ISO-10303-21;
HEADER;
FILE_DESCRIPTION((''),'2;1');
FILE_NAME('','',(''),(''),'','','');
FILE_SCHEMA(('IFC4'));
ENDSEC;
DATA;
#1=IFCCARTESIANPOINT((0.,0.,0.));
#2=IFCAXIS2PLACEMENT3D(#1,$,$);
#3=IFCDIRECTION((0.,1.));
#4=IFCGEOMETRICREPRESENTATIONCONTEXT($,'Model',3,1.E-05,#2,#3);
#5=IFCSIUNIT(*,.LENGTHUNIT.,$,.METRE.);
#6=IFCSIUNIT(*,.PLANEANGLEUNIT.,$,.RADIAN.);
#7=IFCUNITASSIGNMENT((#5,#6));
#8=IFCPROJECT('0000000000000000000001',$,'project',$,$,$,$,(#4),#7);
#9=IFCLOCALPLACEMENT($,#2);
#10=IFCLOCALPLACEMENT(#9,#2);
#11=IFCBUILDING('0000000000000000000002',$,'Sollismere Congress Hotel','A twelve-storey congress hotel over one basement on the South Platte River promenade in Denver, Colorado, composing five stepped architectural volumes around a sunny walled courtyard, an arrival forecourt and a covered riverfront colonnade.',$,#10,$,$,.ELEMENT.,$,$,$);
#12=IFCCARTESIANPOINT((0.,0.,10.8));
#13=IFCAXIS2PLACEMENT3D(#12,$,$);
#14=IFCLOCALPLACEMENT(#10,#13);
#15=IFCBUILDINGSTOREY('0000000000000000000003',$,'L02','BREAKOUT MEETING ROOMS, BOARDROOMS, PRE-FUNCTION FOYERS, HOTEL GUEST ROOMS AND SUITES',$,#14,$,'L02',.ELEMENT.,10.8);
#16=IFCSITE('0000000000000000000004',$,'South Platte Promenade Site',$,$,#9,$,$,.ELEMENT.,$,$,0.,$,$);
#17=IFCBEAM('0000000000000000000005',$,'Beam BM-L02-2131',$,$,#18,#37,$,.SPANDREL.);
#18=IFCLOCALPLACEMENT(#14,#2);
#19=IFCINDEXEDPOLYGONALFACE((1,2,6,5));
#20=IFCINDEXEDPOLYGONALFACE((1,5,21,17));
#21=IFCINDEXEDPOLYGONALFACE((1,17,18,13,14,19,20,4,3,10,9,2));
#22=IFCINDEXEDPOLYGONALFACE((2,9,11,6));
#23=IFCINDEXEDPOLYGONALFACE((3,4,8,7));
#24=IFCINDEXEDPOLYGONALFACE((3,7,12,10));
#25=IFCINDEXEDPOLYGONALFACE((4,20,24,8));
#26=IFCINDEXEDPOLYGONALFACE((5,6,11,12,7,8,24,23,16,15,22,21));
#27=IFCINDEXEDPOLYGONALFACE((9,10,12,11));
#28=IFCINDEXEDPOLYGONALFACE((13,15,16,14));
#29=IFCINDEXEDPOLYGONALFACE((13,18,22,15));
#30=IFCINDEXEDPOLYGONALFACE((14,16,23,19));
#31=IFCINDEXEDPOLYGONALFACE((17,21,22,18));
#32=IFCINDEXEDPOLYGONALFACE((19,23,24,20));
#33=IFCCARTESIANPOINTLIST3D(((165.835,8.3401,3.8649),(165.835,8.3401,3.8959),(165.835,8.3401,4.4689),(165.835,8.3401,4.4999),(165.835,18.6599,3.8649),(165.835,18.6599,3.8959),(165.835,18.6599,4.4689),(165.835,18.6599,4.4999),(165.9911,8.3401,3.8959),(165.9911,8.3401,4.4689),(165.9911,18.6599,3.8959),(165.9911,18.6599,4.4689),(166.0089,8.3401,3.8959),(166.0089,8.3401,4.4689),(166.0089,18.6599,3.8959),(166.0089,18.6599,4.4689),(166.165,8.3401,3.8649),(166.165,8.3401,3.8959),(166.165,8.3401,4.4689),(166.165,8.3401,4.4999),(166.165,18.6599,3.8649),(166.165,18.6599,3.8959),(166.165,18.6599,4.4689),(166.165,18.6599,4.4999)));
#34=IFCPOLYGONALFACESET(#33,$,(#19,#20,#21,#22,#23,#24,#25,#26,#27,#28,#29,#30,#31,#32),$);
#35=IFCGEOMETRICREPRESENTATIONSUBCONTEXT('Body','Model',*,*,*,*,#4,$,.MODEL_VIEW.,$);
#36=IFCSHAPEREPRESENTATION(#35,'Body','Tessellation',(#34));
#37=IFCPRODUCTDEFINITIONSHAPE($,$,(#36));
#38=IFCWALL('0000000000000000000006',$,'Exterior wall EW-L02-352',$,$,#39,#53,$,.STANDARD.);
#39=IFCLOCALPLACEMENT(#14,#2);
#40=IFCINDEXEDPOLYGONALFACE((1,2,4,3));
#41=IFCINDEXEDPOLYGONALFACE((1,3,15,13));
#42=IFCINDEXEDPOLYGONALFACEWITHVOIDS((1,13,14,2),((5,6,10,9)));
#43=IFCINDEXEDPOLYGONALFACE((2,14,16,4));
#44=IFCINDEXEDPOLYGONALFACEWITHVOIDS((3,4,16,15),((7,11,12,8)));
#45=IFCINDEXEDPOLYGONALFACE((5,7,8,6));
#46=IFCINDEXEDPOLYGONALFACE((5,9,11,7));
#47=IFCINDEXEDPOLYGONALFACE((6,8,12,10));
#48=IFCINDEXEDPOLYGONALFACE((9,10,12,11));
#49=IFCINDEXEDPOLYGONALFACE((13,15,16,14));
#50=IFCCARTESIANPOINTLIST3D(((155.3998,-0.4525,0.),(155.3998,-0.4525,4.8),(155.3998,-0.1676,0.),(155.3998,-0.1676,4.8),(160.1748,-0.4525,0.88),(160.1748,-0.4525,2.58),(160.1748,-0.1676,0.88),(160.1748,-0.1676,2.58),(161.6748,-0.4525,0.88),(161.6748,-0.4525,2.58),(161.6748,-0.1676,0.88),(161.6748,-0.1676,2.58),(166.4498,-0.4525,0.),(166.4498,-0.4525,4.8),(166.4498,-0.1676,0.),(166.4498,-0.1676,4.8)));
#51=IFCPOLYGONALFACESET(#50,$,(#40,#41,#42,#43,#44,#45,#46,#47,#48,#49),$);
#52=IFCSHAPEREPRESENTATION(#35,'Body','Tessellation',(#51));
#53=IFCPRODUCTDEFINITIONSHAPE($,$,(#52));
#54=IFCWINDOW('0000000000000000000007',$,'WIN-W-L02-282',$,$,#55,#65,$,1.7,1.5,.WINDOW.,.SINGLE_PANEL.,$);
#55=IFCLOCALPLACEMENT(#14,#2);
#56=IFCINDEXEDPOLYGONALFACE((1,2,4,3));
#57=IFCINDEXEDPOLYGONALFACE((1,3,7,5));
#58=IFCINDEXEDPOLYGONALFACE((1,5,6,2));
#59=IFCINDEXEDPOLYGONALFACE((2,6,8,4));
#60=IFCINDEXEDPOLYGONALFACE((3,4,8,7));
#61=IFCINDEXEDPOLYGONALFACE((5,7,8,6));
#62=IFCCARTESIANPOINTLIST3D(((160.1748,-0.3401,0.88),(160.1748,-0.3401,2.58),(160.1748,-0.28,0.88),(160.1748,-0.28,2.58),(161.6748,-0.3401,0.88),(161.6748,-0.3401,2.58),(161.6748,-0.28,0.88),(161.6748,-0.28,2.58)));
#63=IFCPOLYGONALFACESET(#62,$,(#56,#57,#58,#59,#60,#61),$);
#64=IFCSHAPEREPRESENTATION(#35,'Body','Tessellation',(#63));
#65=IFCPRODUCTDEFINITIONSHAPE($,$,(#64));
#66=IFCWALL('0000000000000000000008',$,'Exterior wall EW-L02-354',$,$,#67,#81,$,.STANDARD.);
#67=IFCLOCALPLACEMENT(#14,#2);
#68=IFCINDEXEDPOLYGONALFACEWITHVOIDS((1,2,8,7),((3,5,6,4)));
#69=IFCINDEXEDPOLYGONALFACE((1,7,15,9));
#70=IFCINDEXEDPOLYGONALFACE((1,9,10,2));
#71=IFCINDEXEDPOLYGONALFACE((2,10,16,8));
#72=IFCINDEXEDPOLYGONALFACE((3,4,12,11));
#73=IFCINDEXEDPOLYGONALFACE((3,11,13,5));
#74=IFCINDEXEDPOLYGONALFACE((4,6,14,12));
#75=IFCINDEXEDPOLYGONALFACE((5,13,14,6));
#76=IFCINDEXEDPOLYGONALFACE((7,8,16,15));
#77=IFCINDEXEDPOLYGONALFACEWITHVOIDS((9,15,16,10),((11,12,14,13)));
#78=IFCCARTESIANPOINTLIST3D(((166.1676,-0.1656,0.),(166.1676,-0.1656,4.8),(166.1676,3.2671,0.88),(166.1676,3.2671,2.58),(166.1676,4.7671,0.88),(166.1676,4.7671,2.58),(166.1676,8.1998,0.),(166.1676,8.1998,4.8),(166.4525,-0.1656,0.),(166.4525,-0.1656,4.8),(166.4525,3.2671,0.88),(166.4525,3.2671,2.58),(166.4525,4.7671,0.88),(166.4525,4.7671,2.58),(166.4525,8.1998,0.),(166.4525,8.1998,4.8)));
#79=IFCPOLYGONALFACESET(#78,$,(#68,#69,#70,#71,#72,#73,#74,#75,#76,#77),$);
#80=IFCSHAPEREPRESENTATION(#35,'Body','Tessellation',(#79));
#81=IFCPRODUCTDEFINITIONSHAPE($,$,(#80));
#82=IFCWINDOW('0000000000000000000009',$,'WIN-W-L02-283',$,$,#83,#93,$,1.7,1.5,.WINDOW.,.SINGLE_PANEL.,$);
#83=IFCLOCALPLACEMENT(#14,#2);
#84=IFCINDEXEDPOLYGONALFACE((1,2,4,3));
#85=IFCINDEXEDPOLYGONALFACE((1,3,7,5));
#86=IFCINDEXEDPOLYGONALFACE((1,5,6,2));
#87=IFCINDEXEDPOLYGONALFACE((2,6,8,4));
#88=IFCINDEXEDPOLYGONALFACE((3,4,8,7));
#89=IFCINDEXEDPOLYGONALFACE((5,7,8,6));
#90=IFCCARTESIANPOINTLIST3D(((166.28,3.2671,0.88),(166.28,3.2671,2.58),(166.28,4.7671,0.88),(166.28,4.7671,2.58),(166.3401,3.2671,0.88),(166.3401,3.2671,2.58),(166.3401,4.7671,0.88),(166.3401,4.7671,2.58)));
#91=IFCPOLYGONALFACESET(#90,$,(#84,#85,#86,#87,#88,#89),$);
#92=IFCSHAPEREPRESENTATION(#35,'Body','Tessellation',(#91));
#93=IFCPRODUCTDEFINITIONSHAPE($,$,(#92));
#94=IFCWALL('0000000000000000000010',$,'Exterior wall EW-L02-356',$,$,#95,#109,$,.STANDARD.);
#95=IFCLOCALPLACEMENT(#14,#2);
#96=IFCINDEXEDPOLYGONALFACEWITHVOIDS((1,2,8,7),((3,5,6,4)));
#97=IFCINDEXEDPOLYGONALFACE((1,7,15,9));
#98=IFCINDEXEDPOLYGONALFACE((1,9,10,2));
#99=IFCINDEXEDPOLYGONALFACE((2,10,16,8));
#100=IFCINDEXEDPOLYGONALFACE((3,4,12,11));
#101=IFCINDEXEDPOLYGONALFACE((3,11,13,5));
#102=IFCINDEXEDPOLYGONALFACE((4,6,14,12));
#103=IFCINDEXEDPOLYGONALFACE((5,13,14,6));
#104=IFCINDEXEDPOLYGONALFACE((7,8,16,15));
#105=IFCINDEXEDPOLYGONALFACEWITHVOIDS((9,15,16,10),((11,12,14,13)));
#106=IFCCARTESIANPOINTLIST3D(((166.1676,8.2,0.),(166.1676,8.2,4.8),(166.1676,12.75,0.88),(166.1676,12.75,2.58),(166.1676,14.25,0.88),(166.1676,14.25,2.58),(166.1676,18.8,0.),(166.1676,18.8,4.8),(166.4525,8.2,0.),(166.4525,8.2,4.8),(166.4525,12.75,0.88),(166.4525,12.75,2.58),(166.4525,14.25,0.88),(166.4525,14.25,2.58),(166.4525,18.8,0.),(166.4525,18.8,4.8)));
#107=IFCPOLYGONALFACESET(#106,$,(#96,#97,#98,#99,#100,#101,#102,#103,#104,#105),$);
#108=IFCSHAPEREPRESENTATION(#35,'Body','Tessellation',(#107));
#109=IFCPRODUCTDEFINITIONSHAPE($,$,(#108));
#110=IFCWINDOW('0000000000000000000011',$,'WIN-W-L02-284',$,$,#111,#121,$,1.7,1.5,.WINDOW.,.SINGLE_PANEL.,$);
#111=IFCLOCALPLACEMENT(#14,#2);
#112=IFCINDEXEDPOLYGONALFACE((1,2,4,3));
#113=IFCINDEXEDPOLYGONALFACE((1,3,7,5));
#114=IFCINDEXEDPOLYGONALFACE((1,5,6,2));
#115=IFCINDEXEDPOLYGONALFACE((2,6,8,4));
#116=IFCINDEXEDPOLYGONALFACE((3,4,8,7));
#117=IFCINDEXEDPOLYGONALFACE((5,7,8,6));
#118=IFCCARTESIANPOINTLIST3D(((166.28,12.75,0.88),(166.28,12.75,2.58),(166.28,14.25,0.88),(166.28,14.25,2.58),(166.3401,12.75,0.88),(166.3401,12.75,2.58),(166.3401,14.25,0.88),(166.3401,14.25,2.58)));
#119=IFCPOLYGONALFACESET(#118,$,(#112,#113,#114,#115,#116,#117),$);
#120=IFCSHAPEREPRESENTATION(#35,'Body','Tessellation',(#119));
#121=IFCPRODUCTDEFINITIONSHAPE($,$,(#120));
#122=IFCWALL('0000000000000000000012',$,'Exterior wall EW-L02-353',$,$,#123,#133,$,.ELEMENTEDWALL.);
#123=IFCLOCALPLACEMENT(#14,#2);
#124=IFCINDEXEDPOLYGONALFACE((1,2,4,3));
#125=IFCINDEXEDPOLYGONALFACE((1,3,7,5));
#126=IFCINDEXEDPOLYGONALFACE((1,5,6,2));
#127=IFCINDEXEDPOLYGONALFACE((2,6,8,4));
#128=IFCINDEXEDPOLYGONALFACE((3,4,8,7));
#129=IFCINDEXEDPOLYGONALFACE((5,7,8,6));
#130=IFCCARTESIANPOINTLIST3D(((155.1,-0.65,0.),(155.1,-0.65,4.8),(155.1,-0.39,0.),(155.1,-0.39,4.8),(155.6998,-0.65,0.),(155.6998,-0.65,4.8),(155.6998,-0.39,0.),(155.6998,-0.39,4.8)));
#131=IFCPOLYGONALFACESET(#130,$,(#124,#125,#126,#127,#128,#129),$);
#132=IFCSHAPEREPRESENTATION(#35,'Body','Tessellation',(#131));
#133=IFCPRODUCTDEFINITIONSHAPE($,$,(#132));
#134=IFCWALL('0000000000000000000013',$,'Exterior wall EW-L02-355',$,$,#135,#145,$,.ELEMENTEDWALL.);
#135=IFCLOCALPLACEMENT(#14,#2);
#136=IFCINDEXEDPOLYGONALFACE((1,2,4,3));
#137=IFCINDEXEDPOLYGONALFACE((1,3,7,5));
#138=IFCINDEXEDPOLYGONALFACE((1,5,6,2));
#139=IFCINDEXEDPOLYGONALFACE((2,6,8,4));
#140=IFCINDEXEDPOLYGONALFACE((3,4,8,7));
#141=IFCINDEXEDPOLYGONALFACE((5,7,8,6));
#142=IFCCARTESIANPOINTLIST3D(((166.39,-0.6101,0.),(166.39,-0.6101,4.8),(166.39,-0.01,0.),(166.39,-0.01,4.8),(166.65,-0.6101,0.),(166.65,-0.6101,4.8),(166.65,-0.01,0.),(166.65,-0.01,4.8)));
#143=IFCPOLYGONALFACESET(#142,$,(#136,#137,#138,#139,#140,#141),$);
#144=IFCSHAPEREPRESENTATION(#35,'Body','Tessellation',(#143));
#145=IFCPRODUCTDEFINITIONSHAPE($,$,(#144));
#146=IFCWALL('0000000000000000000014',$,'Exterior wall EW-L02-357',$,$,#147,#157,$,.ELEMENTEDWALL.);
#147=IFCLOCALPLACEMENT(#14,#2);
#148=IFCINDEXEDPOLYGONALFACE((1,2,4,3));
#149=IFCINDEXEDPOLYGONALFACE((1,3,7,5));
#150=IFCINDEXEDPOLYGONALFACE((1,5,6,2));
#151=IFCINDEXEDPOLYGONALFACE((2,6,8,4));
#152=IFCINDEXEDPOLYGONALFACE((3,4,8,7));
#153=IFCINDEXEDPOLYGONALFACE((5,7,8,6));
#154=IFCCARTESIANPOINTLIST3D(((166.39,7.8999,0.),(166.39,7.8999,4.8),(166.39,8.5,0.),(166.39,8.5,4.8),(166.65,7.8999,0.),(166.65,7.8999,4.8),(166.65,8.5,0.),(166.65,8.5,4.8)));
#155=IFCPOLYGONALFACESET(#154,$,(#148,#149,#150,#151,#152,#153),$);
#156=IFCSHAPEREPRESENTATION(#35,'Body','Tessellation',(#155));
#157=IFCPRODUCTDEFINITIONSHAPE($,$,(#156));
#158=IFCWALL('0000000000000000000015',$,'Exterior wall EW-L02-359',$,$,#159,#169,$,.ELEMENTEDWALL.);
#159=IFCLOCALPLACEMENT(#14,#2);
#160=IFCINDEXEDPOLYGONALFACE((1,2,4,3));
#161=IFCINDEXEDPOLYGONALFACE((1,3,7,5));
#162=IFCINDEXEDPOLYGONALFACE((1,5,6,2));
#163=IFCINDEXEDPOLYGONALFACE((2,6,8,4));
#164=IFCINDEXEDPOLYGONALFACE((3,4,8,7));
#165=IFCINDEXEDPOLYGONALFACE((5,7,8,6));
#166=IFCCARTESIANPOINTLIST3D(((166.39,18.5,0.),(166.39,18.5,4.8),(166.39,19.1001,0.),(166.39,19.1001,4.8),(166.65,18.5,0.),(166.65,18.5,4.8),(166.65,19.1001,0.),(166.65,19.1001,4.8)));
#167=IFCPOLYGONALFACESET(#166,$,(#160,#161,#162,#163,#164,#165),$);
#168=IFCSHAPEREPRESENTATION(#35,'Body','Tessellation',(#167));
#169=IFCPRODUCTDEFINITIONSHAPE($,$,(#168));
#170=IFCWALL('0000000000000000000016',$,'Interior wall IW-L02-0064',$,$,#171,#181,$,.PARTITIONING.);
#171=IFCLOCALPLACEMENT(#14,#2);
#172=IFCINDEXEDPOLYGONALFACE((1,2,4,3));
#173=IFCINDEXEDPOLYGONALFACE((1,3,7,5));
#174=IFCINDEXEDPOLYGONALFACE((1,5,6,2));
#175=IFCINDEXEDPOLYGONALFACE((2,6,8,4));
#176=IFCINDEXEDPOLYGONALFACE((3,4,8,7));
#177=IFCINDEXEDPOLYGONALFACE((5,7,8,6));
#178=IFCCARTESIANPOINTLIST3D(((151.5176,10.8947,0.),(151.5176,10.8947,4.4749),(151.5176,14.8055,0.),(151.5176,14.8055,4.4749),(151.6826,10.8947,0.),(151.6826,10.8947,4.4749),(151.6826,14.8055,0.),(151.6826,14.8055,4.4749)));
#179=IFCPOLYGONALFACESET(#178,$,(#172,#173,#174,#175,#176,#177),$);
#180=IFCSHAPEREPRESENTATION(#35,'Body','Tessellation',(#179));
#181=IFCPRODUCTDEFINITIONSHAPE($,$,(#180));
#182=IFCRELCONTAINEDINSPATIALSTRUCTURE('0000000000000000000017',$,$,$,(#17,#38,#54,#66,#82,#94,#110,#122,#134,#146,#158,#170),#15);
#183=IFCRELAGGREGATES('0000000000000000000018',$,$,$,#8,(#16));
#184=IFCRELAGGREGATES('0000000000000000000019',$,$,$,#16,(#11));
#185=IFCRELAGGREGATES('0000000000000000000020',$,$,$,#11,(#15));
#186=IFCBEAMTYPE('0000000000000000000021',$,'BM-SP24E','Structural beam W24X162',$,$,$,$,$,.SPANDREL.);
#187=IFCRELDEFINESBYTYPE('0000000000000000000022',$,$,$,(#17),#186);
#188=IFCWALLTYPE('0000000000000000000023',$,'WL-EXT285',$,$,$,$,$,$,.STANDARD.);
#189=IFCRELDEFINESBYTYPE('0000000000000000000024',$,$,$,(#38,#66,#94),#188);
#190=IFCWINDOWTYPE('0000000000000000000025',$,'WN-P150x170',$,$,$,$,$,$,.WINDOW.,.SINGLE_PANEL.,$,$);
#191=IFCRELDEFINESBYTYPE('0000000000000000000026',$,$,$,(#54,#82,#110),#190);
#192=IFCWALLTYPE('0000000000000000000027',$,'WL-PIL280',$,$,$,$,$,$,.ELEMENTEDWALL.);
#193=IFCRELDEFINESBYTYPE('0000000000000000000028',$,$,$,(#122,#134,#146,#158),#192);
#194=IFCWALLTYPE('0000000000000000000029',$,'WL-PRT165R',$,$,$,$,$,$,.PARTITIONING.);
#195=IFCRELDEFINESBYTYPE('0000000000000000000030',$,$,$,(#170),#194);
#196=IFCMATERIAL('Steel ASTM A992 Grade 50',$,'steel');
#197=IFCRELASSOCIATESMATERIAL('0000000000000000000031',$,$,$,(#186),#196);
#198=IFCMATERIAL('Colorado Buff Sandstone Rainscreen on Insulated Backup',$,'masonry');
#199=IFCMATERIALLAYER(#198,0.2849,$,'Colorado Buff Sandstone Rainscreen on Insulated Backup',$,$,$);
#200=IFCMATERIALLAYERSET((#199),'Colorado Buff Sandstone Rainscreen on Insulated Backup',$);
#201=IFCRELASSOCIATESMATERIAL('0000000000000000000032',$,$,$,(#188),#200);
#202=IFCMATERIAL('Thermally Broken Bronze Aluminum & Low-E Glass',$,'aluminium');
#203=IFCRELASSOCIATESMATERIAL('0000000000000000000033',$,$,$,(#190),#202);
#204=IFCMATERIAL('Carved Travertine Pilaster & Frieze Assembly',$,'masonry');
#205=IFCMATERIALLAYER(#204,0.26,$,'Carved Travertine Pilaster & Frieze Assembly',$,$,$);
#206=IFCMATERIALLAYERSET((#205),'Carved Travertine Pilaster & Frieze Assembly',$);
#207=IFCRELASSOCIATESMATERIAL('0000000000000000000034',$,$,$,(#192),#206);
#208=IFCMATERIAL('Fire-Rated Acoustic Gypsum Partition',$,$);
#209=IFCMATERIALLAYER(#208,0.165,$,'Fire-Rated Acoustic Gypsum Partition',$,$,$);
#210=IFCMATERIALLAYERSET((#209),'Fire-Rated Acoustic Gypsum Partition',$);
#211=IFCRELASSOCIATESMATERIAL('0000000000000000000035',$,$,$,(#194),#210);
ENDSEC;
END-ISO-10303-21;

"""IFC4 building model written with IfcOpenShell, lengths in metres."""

from ifc_helpers import new_model, si_unit, direction, frame, frame_2d, origin, origin_2d, place, context, subcontext, project, spatial, rectangle, i_section, extrude, material, layer, layer_set, material_profile, profile_set, type_object, element, fill, save


model = new_model("IFC4")

# Units and contexts
model_context = context("Model", 3, precision=1e-05, world=origin(), true_north=direction((0.0, 1.0)))
body_context = subcontext(model_context, "Body", "Model", "MODEL_VIEW")
ifc_project = project(units=[si_unit("LENGTHUNIT", "METRE"), si_unit("PLANEANGLEUNIT", "RADIAN")], contexts=[model_context])

# Site, building, storey
site_placement = place(None, origin())
site = spatial("IfcSite", under=ifc_project, at=site_placement, Name="South Platte Promenade Site", CompositionType="ELEMENT", RefElevation=0.0)
building_placement = place(site_placement, origin())
building = spatial("IfcBuilding", under=site, at=building_placement, Name="Sollismere Congress Hotel", Description="A twelve-storey congress hotel over one basement on the South Platte River promenade in Denver, Colorado, composing five stepped architectural volumes around a sunny walled courtyard, an arrival forecourt and a covered riverfront colonnade.", CompositionType="ELEMENT")
storey_placement = place(building_placement, frame((0.0, 0.0, 10.8)))
storey = spatial("IfcBuildingStorey", under=building, at=storey_placement, Name="L02", Description="BREAKOUT MEETING ROOMS, BOARDROOMS, PRE-FUNCTION FOYERS, HOTEL GUEST ROOMS AND SUITES", LongName="L02", CompositionType="ELEMENT", Elevation=10.8)

# Shared definitions
ifc_material_1 = material(Name="Steel ASTM A992 Grade 50", Category="steel")

# Beam
ifc_material_profile_1 = material_profile(ifc_material_1, i_section(OverallWidth=0.3301, OverallDepth=0.635, WebThickness=0.0178, FlangeThickness=0.031, at=origin_2d()), Name="W24X162")
ifc_profile_set_1 = profile_set([ifc_material_profile_1], Name="Steel ASTM A992 Grade 50")
beam_type_1 = type_object("IfcBeamType", Name="BM-SP24E", Description="Structural beam W24X162", PredefinedType="SPANDREL", material=ifc_profile_set_1)
beam_1_placement = place(storey_placement, frame((166.0, 8.3401, 4.1824), z_axis=(0.0, 1.0, 0.0), x_axis=(-1.0, 0.0, 0.0)))
element("IfcBeam", 1, at=beam_1_placement, inside=storey, type_object=beam_type_1, Name="Beam BM-L02-2131", PredefinedType="SPANDREL", context=body_context, shape_type="SweptSolid", body=[
    extrude(i_section(OverallWidth=0.3301, OverallDepth=0.635, WebThickness=0.0178, FlangeThickness=0.031, at=origin_2d()), origin(), (0.0, 0.0, 1.0), 10.3198),
])

# Walls, openings, windows
ifc_material_2 = material(Name="Colorado Buff Sandstone Rainscreen on Insulated Backup", Category="masonry")
ifc_layer_1 = layer(ifc_material_2, 0.2849, Name="Colorado Buff Sandstone Rainscreen on Insulated Backup")
ifc_layer_set_1 = layer_set([ifc_layer_1], Name="Colorado Buff Sandstone Rainscreen on Insulated Backup")
wall_type_1 = type_object("IfcWallType", Name="WL-EXT285", PredefinedType="STANDARD", material=ifc_layer_set_1)
wall_1_placement = place(storey_placement, frame((155.3999, -0.3101, 0.0), z_axis=(0.0, 0.0, 1.0), x_axis=(1.0, 0.0, 0.0)))
wall_1 = element("IfcWall", 2, at=wall_1_placement, inside=storey, type_object=wall_type_1, Name="Exterior wall EW-L02-352", PredefinedType="STANDARD", context=body_context, shape_type="SweptSolid", body=[
    extrude(rectangle(XDim=11.05, YDim=0.2849, at=frame_2d((5.5249, 0.0))), origin(), (0.0, 0.0, 1.0), 4.8),
])
opening_1_placement = place(wall_1_placement, frame((4.7749, 0.0, 0.8799)))
opening_1 = element("IfcOpeningElement", 3, at=opening_1_placement, cuts=wall_1, PredefinedType="OPENING", context=body_context, shape_type="SweptSolid", body=[
    extrude(rectangle(XDim=1.5, YDim=1.7, at=frame_2d((0.75, 0.8501))), frame((0.0, 0.1523, 0.0), z_axis=(0.0, -1.0, 0.0), x_axis=(1.0, 0.0, 0.0)), (0.0, 0.0, 1.0), 0.3049),
])
ifc_material_3 = material(Name="Thermally Broken Bronze Aluminum & Low-E Glass", Category="aluminium")
window_type = type_object("IfcWindowType", Name="WN-P150x170", PartitioningType="SINGLE_PANEL", PredefinedType="WINDOW", material=ifc_material_3)
window_1_placement = place(opening_1_placement, origin())
window_1 = element("IfcWindow", 4, at=window_1_placement, inside=storey, type_object=window_type, Name="WIN-W-L02-282", OverallHeight=1.7, OverallWidth=1.5, PartitioningType="SINGLE_PANEL", PredefinedType="WINDOW", context=body_context, shape_type="SweptSolid", body=[
    extrude(rectangle(XDim=1.5, YDim=1.7, at=frame_2d((0.75, 0.8501))), frame((0.0, 0.03, 0.0), z_axis=(0.0, -1.0, 0.0), x_axis=(1.0, 0.0, 0.0)), (0.0, 0.0, 1.0), 0.0601),
])
fill(opening_1, window_1)
wall_2_placement = place(storey_placement, frame((166.3101, -0.1655, 0.0), z_axis=(0.0, 0.0, 1.0), x_axis=(0.0, 1.0, 0.0)))
wall_2 = element("IfcWall", 5, at=wall_2_placement, inside=storey, type_object=wall_type_1, Name="Exterior wall EW-L02-354", PredefinedType="STANDARD", context=body_context, shape_type="SweptSolid", body=[
    extrude(rectangle(XDim=8.3655, YDim=0.2849, at=frame_2d((4.1826, 0.0))), origin(), (0.0, 0.0, 1.0), 4.8),
])
opening_2_placement = place(wall_2_placement, frame((3.4326, 0.0, 0.8799)))
opening_2 = element("IfcOpeningElement", 6, at=opening_2_placement, cuts=wall_2, PredefinedType="OPENING", context=body_context, shape_type="SweptSolid", body=[
    extrude(rectangle(XDim=1.5, YDim=1.7, at=frame_2d((0.75, 0.8501))), frame((0.0, 0.1523, 0.0), z_axis=(0.0, -1.0, 0.0), x_axis=(1.0, 0.0, 0.0)), (0.0, 0.0, 1.0), 0.3049),
])
window_2_placement = place(opening_2_placement, origin())
window_2 = element("IfcWindow", 7, at=window_2_placement, inside=storey, type_object=window_type, Name="WIN-W-L02-283", OverallHeight=1.7, OverallWidth=1.5, PartitioningType="SINGLE_PANEL", PredefinedType="WINDOW", context=body_context, shape_type="SweptSolid", body=[
    extrude(rectangle(XDim=1.5, YDim=1.7, at=frame_2d((0.75, 0.8501))), frame((0.0, 0.03, 0.0), z_axis=(0.0, -1.0, 0.0), x_axis=(1.0, 0.0, 0.0)), (0.0, 0.0, 1.0), 0.0601),
])
fill(opening_2, window_2)
wall_3_placement = place(storey_placement, frame((166.3101, 8.2, 0.0), z_axis=(0.0, 0.0, 1.0), x_axis=(0.0, 1.0, 0.0)))
wall_3 = element("IfcWall", 8, at=wall_3_placement, inside=storey, type_object=wall_type_1, Name="Exterior wall EW-L02-356", PredefinedType="STANDARD", context=body_context, shape_type="SweptSolid", body=[
    extrude(rectangle(XDim=10.6001, YDim=0.2849, at=frame_2d((5.3, 0.0))), origin(), (0.0, 0.0, 1.0), 4.8),
])
opening_3_placement = place(wall_3_placement, frame((4.55, 0.0, 0.8799)))
opening_3 = element("IfcOpeningElement", 9, at=opening_3_placement, cuts=wall_3, PredefinedType="OPENING", context=body_context, shape_type="SweptSolid", body=[
    extrude(rectangle(XDim=1.5, YDim=1.7, at=frame_2d((0.75, 0.8501))), frame((0.0, 0.1523, 0.0), z_axis=(0.0, -1.0, 0.0), x_axis=(1.0, 0.0, 0.0)), (0.0, 0.0, 1.0), 0.3049),
])
window_3_placement = place(opening_3_placement, origin())
window_3 = element("IfcWindow", 10, at=window_3_placement, inside=storey, type_object=window_type, Name="WIN-W-L02-284", OverallHeight=1.7, OverallWidth=1.5, PartitioningType="SINGLE_PANEL", PredefinedType="WINDOW", context=body_context, shape_type="SweptSolid", body=[
    extrude(rectangle(XDim=1.5, YDim=1.7, at=frame_2d((0.75, 0.8501))), frame((0.0, 0.03, 0.0), z_axis=(0.0, -1.0, 0.0), x_axis=(1.0, 0.0, 0.0)), (0.0, 0.0, 1.0), 0.0601),
])
fill(opening_3, window_3)

# Walls
ifc_material_4 = material(Name="Carved Travertine Pilaster & Frieze Assembly", Category="masonry")
ifc_layer_2 = layer(ifc_material_4, 0.26, Name="Carved Travertine Pilaster & Frieze Assembly")
ifc_layer_set_2 = layer_set([ifc_layer_2], Name="Carved Travertine Pilaster & Frieze Assembly")
wall_type_2 = type_object("IfcWallType", Name="WL-PIL280", PredefinedType="ELEMENTEDWALL", material=ifc_layer_set_2)
wall_4_placement = place(storey_placement, frame((155.1001, -0.52, 0.0), z_axis=(0.0, 0.0, 1.0), x_axis=(1.0, 0.0, 0.0)))
element("IfcWall", 11, at=wall_4_placement, inside=storey, type_object=wall_type_2, Name="Exterior wall EW-L02-353", PredefinedType="ELEMENTEDWALL", context=body_context, shape_type="SweptSolid", body=[
    extrude(rectangle(XDim=0.5999, YDim=0.26, at=frame_2d((0.2998, 0.0))), origin(), (0.0, 0.0, 1.0), 4.8),
])
for number, where, z_axis, x_axis, name in (
    (12, (166.52, -0.6101, 0.0), (0.0, 0.0, 1.0), (0.0, 1.0, 0.0), "Exterior wall EW-L02-355"),
    (13, (166.52, 7.8999, 0.0), (0.0, 0.0, 1.0), (0.0, 1.0, 0.0), "Exterior wall EW-L02-357"),
    (14, (166.52, 18.5, 0.0), (0.0, 0.0, 1.0), (0.0, 1.0, 0.0), "Exterior wall EW-L02-359"),
):
    element("IfcWall", number, at=place(storey_placement, frame(where, z_axis=z_axis, x_axis=x_axis)), inside=storey, type_object=wall_type_2, Name=name, PredefinedType="ELEMENTEDWALL", context=body_context, shape_type="SweptSolid", body=[
        extrude(rectangle(XDim=0.6001, YDim=0.26, at=frame_2d((0.3, 0.0))), origin(), (0.0, 0.0, 1.0), 4.8),
    ])
ifc_material_5 = material(Name="Fire-Rated Acoustic Gypsum Partition")
ifc_layer_3 = layer(ifc_material_5, 0.165, Name="Fire-Rated Acoustic Gypsum Partition")
ifc_layer_set_3 = layer_set([ifc_layer_3], Name="Fire-Rated Acoustic Gypsum Partition")
wall_type_3 = type_object("IfcWallType", Name="WL-PRT165R", PredefinedType="PARTITIONING", material=ifc_layer_set_3)
wall_5_placement = place(storey_placement, frame((151.6001, 10.8945, 0.0), z_axis=(0.0, 0.0, 1.0), x_axis=(0.0, 1.0, 0.0)))
element("IfcWall", 15, at=wall_5_placement, inside=storey, type_object=wall_type_3, Name="Interior wall IW-L02-0064", PredefinedType="PARTITIONING", context=body_context, shape_type="SweptSolid", body=[
    extrude(rectangle(XDim=3.9109, YDim=0.165, at=frame_2d((1.9556, 0.0))), origin(), (0.0, 0.0, 1.0), 4.4749),
])

save(model, "model.ifc")
